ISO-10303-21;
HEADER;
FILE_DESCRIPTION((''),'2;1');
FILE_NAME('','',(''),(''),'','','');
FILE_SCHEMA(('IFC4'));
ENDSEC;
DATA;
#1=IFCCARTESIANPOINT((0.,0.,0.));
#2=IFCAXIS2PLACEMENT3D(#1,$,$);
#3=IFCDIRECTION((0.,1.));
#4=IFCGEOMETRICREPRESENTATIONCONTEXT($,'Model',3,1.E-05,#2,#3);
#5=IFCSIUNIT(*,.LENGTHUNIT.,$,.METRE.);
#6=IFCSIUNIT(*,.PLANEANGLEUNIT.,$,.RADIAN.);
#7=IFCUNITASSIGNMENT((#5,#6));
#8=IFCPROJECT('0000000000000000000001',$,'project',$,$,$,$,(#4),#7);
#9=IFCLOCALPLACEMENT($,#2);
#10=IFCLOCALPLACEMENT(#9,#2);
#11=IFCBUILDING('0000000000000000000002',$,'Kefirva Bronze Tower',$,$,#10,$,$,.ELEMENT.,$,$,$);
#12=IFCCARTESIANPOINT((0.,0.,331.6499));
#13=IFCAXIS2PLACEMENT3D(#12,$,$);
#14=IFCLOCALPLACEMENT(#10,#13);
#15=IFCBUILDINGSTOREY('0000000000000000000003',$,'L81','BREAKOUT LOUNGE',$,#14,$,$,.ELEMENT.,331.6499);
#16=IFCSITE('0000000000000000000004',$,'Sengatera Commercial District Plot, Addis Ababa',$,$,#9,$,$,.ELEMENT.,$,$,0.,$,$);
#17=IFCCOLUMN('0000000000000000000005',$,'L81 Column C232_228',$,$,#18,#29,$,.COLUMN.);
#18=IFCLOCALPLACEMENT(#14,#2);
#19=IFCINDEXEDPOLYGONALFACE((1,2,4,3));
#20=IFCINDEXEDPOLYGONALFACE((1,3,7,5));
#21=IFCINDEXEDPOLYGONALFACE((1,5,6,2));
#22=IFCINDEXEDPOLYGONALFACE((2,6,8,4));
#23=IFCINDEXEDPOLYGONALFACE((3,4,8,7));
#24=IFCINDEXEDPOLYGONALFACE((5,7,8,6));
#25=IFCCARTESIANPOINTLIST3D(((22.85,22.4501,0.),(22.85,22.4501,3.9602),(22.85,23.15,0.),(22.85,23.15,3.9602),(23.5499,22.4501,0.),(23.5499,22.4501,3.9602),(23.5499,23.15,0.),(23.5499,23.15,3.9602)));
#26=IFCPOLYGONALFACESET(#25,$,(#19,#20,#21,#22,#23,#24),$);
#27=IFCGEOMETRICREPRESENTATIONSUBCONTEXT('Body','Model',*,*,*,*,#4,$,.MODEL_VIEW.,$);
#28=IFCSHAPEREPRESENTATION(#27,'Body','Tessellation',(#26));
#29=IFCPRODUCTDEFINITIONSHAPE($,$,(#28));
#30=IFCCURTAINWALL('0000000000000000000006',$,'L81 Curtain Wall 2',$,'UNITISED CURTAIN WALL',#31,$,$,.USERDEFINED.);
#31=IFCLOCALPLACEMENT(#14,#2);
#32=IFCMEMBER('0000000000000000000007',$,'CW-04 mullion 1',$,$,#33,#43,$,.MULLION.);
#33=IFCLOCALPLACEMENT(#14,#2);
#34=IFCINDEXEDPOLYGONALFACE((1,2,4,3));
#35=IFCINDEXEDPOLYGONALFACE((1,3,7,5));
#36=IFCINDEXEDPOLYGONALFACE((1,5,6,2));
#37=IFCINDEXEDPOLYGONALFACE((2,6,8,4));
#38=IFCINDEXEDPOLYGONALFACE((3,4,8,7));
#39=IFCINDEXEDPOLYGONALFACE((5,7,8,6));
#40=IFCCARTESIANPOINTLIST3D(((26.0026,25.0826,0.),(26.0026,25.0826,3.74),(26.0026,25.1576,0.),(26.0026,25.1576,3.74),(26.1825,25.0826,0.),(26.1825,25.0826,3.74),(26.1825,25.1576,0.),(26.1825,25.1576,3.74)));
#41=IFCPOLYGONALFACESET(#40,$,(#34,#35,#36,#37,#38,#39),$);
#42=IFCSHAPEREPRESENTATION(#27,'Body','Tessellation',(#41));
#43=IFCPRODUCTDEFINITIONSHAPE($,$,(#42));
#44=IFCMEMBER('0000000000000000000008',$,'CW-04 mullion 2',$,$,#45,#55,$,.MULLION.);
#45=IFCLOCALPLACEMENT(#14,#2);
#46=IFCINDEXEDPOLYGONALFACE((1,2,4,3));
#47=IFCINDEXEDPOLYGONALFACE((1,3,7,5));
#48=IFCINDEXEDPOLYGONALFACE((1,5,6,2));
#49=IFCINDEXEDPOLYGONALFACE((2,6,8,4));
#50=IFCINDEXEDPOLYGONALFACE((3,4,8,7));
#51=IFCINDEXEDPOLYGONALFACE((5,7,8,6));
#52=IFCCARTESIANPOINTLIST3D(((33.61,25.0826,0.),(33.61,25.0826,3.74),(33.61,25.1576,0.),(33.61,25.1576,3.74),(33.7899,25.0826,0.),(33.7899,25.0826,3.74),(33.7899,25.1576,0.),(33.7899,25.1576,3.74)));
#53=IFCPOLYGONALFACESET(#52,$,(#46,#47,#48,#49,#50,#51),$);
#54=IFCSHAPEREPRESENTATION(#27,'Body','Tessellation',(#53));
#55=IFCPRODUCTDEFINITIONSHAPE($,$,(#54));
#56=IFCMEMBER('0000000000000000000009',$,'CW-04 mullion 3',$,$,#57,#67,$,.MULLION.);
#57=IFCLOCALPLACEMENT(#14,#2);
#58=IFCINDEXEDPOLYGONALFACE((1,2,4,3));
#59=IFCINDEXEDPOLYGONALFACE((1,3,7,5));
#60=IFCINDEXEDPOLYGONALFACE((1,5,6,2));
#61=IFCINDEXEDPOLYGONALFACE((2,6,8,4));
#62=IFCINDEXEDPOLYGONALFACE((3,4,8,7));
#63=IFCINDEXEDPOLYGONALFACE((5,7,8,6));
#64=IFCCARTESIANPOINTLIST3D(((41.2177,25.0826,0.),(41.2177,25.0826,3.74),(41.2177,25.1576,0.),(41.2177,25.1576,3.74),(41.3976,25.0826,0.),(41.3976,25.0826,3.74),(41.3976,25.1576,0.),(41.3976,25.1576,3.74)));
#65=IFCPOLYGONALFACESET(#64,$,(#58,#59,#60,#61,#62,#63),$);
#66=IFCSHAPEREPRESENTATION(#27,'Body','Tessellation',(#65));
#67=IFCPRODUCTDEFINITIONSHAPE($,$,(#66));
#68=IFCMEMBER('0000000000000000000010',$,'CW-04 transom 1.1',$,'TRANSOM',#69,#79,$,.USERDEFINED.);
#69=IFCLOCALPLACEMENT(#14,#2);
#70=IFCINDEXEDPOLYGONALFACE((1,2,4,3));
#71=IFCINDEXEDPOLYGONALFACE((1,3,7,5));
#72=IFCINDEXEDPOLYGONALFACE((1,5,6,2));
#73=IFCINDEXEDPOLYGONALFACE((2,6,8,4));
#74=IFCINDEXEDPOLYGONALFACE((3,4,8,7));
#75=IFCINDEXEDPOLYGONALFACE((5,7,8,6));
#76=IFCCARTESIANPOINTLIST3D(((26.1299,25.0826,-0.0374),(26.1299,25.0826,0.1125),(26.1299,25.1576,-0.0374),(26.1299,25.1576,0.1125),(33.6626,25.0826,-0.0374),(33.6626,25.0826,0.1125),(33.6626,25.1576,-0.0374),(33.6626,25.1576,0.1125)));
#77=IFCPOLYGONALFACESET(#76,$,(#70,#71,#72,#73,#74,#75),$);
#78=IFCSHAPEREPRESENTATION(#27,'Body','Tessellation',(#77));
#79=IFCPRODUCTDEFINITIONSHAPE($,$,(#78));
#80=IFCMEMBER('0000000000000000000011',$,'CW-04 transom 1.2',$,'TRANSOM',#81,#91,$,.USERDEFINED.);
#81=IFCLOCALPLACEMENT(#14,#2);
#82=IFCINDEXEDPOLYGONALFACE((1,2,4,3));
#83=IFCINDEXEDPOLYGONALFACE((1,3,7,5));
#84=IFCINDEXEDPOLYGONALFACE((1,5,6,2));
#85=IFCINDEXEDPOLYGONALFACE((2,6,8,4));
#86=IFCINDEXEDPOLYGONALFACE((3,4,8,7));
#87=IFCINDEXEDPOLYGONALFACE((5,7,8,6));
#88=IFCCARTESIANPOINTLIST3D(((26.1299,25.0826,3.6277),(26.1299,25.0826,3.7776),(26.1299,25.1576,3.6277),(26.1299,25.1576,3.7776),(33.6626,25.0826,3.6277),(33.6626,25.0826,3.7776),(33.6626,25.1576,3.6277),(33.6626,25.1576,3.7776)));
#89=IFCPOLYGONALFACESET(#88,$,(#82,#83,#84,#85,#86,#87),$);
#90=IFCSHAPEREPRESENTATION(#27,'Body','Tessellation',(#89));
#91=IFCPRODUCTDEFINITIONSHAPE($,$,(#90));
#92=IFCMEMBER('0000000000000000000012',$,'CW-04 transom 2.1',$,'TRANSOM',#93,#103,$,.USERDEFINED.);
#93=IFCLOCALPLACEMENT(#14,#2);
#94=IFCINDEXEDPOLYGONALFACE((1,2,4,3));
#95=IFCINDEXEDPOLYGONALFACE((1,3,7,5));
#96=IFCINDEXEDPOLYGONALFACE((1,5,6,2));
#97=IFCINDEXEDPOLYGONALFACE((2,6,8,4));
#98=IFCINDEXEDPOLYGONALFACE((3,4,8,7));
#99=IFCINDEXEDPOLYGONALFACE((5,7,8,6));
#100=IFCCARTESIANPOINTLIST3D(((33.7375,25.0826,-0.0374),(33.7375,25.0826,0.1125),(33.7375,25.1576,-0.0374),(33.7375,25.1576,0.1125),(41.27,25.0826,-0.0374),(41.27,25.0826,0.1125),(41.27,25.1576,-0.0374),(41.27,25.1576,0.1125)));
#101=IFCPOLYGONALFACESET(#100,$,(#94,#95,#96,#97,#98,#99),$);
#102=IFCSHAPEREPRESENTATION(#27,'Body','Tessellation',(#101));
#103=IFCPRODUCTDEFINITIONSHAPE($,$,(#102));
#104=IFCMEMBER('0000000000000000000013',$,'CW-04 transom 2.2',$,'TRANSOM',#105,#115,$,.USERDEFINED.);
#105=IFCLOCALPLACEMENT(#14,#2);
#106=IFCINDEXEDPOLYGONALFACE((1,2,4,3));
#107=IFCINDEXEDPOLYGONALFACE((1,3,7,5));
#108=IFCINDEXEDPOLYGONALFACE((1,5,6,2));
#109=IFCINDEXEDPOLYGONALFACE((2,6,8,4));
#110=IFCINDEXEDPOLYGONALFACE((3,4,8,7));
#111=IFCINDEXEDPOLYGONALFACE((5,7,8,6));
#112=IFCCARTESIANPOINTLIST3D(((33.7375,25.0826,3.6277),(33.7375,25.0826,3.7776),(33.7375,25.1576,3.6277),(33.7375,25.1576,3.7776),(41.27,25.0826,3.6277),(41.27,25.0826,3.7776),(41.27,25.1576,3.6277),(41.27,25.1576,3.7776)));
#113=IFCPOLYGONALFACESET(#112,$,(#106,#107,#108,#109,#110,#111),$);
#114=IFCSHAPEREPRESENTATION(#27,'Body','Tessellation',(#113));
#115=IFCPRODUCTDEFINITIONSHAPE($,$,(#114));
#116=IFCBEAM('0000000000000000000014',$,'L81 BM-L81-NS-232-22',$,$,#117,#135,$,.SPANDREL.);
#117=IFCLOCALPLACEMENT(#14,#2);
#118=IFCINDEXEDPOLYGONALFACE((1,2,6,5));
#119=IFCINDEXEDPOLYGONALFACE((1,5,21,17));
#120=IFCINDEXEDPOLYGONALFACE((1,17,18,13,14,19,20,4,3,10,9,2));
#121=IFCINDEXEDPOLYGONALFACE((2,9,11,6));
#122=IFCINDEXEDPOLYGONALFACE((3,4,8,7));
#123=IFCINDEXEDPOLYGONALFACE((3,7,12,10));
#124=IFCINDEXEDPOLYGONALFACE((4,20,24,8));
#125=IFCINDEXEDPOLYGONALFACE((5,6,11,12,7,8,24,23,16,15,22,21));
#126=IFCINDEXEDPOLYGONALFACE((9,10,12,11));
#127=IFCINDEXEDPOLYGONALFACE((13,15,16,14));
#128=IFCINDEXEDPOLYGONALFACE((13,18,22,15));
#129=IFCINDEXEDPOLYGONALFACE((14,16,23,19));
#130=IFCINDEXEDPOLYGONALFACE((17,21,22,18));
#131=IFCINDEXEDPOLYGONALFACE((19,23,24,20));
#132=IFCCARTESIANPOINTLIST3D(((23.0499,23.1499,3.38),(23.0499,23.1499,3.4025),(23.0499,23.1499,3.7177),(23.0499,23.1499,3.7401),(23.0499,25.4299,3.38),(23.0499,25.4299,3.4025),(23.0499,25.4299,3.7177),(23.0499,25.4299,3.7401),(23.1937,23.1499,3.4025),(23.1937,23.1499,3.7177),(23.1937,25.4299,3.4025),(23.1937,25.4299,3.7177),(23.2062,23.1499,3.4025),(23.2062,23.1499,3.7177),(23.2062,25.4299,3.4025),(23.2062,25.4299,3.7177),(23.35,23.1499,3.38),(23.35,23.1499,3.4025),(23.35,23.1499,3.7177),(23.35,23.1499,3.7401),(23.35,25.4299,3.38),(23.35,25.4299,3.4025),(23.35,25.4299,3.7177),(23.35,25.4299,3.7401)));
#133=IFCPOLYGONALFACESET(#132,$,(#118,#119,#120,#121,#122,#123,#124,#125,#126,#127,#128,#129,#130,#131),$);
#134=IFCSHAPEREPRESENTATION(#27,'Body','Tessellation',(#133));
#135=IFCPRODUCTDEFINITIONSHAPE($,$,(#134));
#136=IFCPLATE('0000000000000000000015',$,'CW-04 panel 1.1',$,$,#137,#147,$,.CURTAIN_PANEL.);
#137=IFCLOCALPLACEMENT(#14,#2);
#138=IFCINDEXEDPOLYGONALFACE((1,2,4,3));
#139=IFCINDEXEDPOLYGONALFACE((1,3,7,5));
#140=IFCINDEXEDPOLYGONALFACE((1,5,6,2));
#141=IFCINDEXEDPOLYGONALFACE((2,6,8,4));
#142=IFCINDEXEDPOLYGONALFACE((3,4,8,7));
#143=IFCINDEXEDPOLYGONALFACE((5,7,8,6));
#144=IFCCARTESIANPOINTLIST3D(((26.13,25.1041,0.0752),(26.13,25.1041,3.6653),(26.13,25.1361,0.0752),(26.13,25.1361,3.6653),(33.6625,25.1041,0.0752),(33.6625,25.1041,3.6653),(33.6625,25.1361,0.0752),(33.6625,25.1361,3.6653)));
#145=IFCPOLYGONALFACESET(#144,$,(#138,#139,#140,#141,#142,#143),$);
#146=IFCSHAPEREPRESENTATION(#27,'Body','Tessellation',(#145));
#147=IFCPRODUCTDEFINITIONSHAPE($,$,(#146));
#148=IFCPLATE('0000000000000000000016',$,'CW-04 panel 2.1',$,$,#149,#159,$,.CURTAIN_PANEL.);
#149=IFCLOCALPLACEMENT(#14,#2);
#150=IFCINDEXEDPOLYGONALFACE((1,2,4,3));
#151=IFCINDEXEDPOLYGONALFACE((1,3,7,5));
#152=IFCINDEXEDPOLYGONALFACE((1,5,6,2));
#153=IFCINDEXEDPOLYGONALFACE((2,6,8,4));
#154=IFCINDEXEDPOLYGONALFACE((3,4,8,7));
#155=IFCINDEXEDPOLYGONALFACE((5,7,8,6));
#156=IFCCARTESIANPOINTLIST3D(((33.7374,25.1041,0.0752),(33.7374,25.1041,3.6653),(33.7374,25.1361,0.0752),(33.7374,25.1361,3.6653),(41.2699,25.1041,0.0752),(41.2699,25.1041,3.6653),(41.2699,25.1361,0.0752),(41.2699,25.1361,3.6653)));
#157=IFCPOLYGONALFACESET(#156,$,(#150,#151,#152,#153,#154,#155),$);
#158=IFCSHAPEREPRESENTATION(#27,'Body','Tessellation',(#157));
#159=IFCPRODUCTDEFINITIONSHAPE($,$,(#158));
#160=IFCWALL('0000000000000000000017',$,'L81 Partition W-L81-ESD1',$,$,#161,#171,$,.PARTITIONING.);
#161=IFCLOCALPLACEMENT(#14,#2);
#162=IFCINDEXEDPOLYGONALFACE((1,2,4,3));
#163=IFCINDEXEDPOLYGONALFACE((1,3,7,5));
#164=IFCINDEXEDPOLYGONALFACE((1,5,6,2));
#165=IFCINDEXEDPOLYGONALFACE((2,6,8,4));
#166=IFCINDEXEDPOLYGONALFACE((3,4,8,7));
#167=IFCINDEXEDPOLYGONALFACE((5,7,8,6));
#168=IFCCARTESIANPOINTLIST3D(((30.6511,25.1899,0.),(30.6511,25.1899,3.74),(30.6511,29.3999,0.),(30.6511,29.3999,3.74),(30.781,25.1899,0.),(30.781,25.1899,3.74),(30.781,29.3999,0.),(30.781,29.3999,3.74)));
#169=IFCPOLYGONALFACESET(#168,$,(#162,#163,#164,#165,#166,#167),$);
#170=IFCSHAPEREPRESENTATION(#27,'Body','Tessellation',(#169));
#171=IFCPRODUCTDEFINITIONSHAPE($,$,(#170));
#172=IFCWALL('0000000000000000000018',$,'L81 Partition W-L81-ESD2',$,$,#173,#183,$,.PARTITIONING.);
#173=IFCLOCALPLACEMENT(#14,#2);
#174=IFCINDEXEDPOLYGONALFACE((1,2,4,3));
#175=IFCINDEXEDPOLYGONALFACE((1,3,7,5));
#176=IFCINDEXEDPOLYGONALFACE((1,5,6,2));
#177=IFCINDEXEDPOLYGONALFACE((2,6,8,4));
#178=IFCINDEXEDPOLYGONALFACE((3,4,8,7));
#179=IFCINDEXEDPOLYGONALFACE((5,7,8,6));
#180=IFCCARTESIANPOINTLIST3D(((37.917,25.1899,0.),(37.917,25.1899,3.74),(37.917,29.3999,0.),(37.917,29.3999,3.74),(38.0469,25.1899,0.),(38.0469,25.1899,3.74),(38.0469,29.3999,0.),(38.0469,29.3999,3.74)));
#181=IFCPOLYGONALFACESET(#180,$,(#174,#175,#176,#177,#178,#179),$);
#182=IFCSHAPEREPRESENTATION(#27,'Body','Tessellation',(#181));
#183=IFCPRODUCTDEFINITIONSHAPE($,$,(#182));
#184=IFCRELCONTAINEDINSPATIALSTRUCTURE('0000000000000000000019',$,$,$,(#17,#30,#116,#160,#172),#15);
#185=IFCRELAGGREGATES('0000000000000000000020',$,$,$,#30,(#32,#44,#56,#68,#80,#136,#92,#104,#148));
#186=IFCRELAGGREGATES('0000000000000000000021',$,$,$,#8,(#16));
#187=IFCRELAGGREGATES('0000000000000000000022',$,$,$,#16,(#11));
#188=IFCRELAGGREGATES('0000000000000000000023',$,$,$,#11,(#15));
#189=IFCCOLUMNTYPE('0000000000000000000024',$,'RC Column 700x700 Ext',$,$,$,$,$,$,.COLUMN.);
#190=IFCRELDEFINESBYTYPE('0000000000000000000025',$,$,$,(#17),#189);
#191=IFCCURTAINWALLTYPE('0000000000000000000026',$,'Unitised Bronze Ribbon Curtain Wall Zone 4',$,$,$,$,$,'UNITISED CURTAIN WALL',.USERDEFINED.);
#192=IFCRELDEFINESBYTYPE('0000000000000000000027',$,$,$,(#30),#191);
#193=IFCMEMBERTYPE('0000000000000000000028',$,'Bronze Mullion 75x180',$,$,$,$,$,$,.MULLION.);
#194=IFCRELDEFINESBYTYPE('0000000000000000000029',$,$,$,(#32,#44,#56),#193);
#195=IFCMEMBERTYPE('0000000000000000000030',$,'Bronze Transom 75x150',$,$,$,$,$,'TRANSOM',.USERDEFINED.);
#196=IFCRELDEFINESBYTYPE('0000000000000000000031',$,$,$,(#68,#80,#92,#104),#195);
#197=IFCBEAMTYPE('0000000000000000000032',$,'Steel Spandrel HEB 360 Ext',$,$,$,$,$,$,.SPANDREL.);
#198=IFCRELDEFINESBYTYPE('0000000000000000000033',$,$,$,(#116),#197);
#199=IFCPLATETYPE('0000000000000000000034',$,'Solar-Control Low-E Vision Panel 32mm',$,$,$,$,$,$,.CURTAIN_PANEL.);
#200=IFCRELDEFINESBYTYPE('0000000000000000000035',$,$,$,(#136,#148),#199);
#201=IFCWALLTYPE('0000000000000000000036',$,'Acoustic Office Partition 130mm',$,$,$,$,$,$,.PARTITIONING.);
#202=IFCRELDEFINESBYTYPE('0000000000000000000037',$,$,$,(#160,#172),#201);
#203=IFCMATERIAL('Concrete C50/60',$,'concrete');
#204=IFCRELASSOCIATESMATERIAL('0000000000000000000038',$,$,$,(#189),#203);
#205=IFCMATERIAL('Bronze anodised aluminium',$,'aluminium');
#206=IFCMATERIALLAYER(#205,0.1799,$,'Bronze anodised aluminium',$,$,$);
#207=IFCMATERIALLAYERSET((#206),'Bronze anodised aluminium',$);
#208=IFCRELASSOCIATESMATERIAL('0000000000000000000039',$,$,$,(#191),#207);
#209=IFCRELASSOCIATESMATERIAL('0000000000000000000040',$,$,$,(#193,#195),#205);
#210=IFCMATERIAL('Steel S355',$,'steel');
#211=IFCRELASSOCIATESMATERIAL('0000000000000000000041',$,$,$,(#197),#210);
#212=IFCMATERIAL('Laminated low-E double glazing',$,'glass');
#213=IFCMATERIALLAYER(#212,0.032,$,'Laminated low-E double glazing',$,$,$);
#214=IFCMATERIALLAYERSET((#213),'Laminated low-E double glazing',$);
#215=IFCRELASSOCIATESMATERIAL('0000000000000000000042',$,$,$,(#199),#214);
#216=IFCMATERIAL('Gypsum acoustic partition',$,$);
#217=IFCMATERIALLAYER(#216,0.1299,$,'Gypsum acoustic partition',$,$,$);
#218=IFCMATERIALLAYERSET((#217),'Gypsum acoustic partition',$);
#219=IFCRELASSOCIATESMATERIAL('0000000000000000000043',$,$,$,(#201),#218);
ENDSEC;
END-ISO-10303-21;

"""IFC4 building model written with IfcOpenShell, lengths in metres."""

from ifc_helpers import new_model, si_unit, direction, frame, frame_2d, origin, origin_2d, place, context, subcontext, project, spatial, rectangle, i_section, extrude, material, layer, layer_set, material_profile, profile_set, type_object, element, aggregate, save


model = new_model("IFC4")

# Units and contexts
model_context = context("Model", 3, precision=1e-05, world=origin(), true_north=direction((0.0, 1.0)))
body_context = subcontext(model_context, "Body", "Model", "MODEL_VIEW")
ifc_project = project(units=[si_unit("LENGTHUNIT", "METRE"), si_unit("PLANEANGLEUNIT", "RADIAN")], contexts=[model_context])

# Site, building, storey
site_placement = place(None, origin())
site = spatial("IfcSite", under=ifc_project, at=site_placement, Name="Sengatera Commercial District Plot, Addis Ababa", CompositionType="ELEMENT", RefElevation=0.0)
building_placement = place(site_placement, origin())
building = spatial("IfcBuilding", under=site, at=building_placement, Name="Kefirva Bronze Tower", CompositionType="ELEMENT")
storey_placement = place(building_placement, frame((0.0, 0.0, 331.6499)))
storey = spatial("IfcBuildingStorey", under=building, at=storey_placement, Name="L81", Description="BREAKOUT LOUNGE", CompositionType="ELEMENT", Elevation=331.6499)

# Column
ifc_material_1 = material(Name="Concrete C50/60", Category="concrete")
ifc_material_profile_1 = material_profile(ifc_material_1, rectangle(XDim=0.7, YDim=0.7, at=origin_2d()), Name="RC 700x700")
ifc_profile_set_1 = profile_set([ifc_material_profile_1], Name="Concrete C50/60")
column_type = type_object("IfcColumnType", Name="RC Column 700x700 Ext", PredefinedType="COLUMN", material=ifc_profile_set_1)
column_placement = place(storey_placement, frame((23.2, 22.8, 0.0), z_axis=(0.0, 0.0, 1.0), x_axis=(1.0, 0.0, 0.0)))
element("IfcColumn", 1, at=column_placement, inside=storey, type_object=column_type, Name="L81 Column C232_228", PredefinedType="COLUMN", context=body_context, shape_type="SweptSolid", body=[
    extrude(rectangle(XDim=0.7, YDim=0.7, at=origin_2d()), origin(), (0.0, 0.0, 1.0), 3.9602),
])

# Curtain wall, members
ifc_material_2 = material(Name="Bronze anodised aluminium", Category="aluminium")
ifc_layer_1 = layer(ifc_material_2, 0.1799, Name="Bronze anodised aluminium")
ifc_layer_set_1 = layer_set([ifc_layer_1], Name="Bronze anodised aluminium")
curtain_wall_type = type_object("IfcCurtainWallType", Name="Unitised Bronze Ribbon Curtain Wall Zone 4", ElementType="UNITISED CURTAIN WALL", PredefinedType="USERDEFINED", material=ifc_layer_set_1)
curtain_wall_placement = place(storey_placement, origin())
curtain_wall = element("IfcCurtainWall", 2, at=curtain_wall_placement, inside=storey, type_object=curtain_wall_type, Name="L81 Curtain Wall 2", ObjectType="UNITISED CURTAIN WALL", PredefinedType="USERDEFINED")
ifc_material_profile_2 = material_profile(ifc_material_2, rectangle(XDim=0.075, YDim=0.1799, at=origin_2d()), Name="ALU 75x180")
ifc_profile_set_2 = profile_set([ifc_material_profile_2], Name="Bronze anodised aluminium")
member_type_1 = type_object("IfcMemberType", Name="Bronze Mullion 75x180", PredefinedType="MULLION", material=ifc_profile_set_2)
member_1_placement = place(storey_placement, frame((26.0925, 25.1201, 0.0), z_axis=(0.0, 0.0, 1.0), x_axis=(0.0, 1.0, 0.0)))
member_1 = element("IfcMember", 3, at=member_1_placement, type_object=member_type_1, Name="CW-04 mullion 1", PredefinedType="MULLION", context=body_context, shape_type="SweptSolid", body=[
    extrude(rectangle(XDim=0.075, YDim=0.1799, at=origin_2d()), origin(), (0.0, 0.0, 1.0), 3.74),
])
member_2_placement = place(storey_placement, frame((33.7, 25.1201, 0.0), z_axis=(0.0, 0.0, 1.0), x_axis=(0.0, 1.0, 0.0)))
member_2 = element("IfcMember", 4, at=member_2_placement, type_object=member_type_1, Name="CW-04 mullion 2", PredefinedType="MULLION", context=body_context, shape_type="SweptSolid", body=[
    extrude(rectangle(XDim=0.075, YDim=0.1799, at=origin_2d()), origin(), (0.0, 0.0, 1.0), 3.74),
])
member_3_placement = place(storey_placement, frame((41.3076, 25.1201, 0.0), z_axis=(0.0, 0.0, 1.0), x_axis=(0.0, 1.0, 0.0)))
member_3 = element("IfcMember", 5, at=member_3_placement, type_object=member_type_1, Name="CW-04 mullion 3", PredefinedType="MULLION", context=body_context, shape_type="SweptSolid", body=[
    extrude(rectangle(XDim=0.075, YDim=0.1799, at=origin_2d()), origin(), (0.0, 0.0, 1.0), 3.74),
])
ifc_material_profile_3 = material_profile(ifc_material_2, rectangle(XDim=0.075, YDim=0.1499, at=origin_2d()), Name="ALU 75x150")
ifc_profile_set_3 = profile_set([ifc_material_profile_3], Name="Bronze anodised aluminium")
member_type_2 = type_object("IfcMemberType", Name="Bronze Transom 75x150", ElementType="TRANSOM", PredefinedType="USERDEFINED", material=ifc_profile_set_3)
member_4_placement = place(storey_placement, frame((26.1299, 25.1201, 0.0376), z_axis=(1.0, 0.0, 0.0), x_axis=(0.0, 1.0, 0.0)))
member_4 = element("IfcMember", 6, at=member_4_placement, type_object=member_type_2, Name="CW-04 transom 1.1", ObjectType="TRANSOM", PredefinedType="USERDEFINED", context=body_context, shape_type="SweptSolid", body=[
    extrude(rectangle(XDim=0.075, YDim=0.1499, at=origin_2d()), origin(), (0.0, 0.0, 1.0), 7.5327),
])
member_5_placement = place(storey_placement, frame((26.1299, 25.1201, 3.7026), z_axis=(1.0, 0.0, 0.0), x_axis=(0.0, 1.0, 0.0)))
member_5 = element("IfcMember", 7, at=member_5_placement, type_object=member_type_2, Name="CW-04 transom 1.2", ObjectType="TRANSOM", PredefinedType="USERDEFINED", context=body_context, shape_type="SweptSolid", body=[
    extrude(rectangle(XDim=0.075, YDim=0.1499, at=origin_2d()), origin(), (0.0, 0.0, 1.0), 7.5327),
])
member_6_placement = place(storey_placement, frame((33.7375, 25.1201, 0.0376), z_axis=(1.0, 0.0, 0.0), x_axis=(0.0, 1.0, 0.0)))
member_6 = element("IfcMember", 8, at=member_6_placement, type_object=member_type_2, Name="CW-04 transom 2.1", ObjectType="TRANSOM", PredefinedType="USERDEFINED", context=body_context, shape_type="SweptSolid", body=[
    extrude(rectangle(XDim=0.075, YDim=0.1499, at=origin_2d()), origin(), (0.0, 0.0, 1.0), 7.5325),
])
member_7_placement = place(storey_placement, frame((33.7375, 25.1201, 3.7026), z_axis=(1.0, 0.0, 0.0), x_axis=(0.0, 1.0, 0.0)))
member_7 = element("IfcMember", 9, at=member_7_placement, type_object=member_type_2, Name="CW-04 transom 2.2", ObjectType="TRANSOM", PredefinedType="USERDEFINED", context=body_context, shape_type="SweptSolid", body=[
    extrude(rectangle(XDim=0.075, YDim=0.1499, at=origin_2d()), origin(), (0.0, 0.0, 1.0), 7.5325),
])

# Beam
ifc_material_3 = material(Name="Steel S355", Category="steel")
ifc_material_profile_4 = material_profile(ifc_material_3, i_section(OverallWidth=0.3, OverallDepth=0.3601, WebThickness=0.0125, FlangeThickness=0.0225, at=origin_2d()), Name="HEB 360")
ifc_profile_set_4 = profile_set([ifc_material_profile_4], Name="Steel S355")
beam_type = type_object("IfcBeamType", Name="Steel Spandrel HEB 360 Ext", PredefinedType="SPANDREL", material=ifc_profile_set_4)
beam_placement = place(storey_placement, frame((23.2, 23.1499, 3.5601), z_axis=(0.0, 1.0, 0.0), x_axis=(-1.0, 0.0, 0.0)))
element("IfcBeam", 10, at=beam_placement, inside=storey, type_object=beam_type, Name="L81 BM-L81-NS-232-22", PredefinedType="SPANDREL", context=body_context, shape_type="SweptSolid", body=[
    extrude(i_section(OverallWidth=0.3, OverallDepth=0.3601, WebThickness=0.0125, FlangeThickness=0.0225, at=origin_2d()), origin(), (0.0, 0.0, 1.0), 2.28),
])

# Plates
ifc_material_4 = material(Name="Laminated low-E double glazing", Category="glass")
ifc_layer_2 = layer(ifc_material_4, 0.032, Name="Laminated low-E double glazing")
ifc_layer_set_2 = layer_set([ifc_layer_2], Name="Laminated low-E double glazing")
plate_type = type_object("IfcPlateType", Name="Solar-Control Low-E Vision Panel 32mm", PredefinedType="CURTAIN_PANEL", material=ifc_layer_set_2)
plate_1_placement = place(storey_placement, frame((29.8962, 25.1201, 0.0752), z_axis=(0.0, 0.0, 1.0), x_axis=(1.0, 0.0, 0.0)))
plate_1 = element("IfcPlate", 11, at=plate_1_placement, type_object=plate_type, Name="CW-04 panel 1.1", PredefinedType="CURTAIN_PANEL", context=body_context, shape_type="SweptSolid", body=[
    extrude(rectangle(XDim=7.5325, YDim=0.032, at=origin_2d()), origin(), (0.0, 0.0, 1.0), 3.5901),
])
plate_2_placement = place(storey_placement, frame((37.5037, 25.1201, 0.0752), z_axis=(0.0, 0.0, 1.0), x_axis=(1.0, 0.0, 0.0)))
plate_2 = element("IfcPlate", 12, at=plate_2_placement, type_object=plate_type, Name="CW-04 panel 2.1", PredefinedType="CURTAIN_PANEL", context=body_context, shape_type="SweptSolid", body=[
    extrude(rectangle(XDim=7.5325, YDim=0.032, at=origin_2d()), origin(), (0.0, 0.0, 1.0), 3.5901),
])
aggregate(curtain_wall, [member_1, member_2, member_3, member_4, member_5, plate_1, member_6, member_7, plate_2])

# Walls
ifc_material_5 = material(Name="Gypsum acoustic partition")
ifc_layer_3 = layer(ifc_material_5, 0.1299, Name="Gypsum acoustic partition")
ifc_layer_set_3 = layer_set([ifc_layer_3], Name="Gypsum acoustic partition")
wall_type_1 = type_object("IfcWallType", Name="Acoustic Office Partition 130mm", PredefinedType="PARTITIONING", material=ifc_layer_set_3)
for number, where, z_axis, x_axis, name in (
    (13, (30.7161, 25.1899, 0.0), (0.0, 0.0, 1.0), (0.0, 1.0, 0.0), "L81 Partition W-L81-ESD1"),
    (14, (37.9819, 25.1899, 0.0), (0.0, 0.0, 1.0), (0.0, 1.0, 0.0), "L81 Partition W-L81-ESD2"),
):
    element("IfcWall", number, at=place(storey_placement, frame(where, z_axis=z_axis, x_axis=x_axis)), inside=storey, type_object=wall_type_1, Name=name, PredefinedType="PARTITIONING", context=body_context, shape_type="SweptSolid", body=[
        extrude(rectangle(XDim=4.21, YDim=0.1299, at=frame_2d((2.105, 0.0))), origin(), (0.0, 0.0, 1.0), 3.74),
    ])

save(model, "model.ifc")
